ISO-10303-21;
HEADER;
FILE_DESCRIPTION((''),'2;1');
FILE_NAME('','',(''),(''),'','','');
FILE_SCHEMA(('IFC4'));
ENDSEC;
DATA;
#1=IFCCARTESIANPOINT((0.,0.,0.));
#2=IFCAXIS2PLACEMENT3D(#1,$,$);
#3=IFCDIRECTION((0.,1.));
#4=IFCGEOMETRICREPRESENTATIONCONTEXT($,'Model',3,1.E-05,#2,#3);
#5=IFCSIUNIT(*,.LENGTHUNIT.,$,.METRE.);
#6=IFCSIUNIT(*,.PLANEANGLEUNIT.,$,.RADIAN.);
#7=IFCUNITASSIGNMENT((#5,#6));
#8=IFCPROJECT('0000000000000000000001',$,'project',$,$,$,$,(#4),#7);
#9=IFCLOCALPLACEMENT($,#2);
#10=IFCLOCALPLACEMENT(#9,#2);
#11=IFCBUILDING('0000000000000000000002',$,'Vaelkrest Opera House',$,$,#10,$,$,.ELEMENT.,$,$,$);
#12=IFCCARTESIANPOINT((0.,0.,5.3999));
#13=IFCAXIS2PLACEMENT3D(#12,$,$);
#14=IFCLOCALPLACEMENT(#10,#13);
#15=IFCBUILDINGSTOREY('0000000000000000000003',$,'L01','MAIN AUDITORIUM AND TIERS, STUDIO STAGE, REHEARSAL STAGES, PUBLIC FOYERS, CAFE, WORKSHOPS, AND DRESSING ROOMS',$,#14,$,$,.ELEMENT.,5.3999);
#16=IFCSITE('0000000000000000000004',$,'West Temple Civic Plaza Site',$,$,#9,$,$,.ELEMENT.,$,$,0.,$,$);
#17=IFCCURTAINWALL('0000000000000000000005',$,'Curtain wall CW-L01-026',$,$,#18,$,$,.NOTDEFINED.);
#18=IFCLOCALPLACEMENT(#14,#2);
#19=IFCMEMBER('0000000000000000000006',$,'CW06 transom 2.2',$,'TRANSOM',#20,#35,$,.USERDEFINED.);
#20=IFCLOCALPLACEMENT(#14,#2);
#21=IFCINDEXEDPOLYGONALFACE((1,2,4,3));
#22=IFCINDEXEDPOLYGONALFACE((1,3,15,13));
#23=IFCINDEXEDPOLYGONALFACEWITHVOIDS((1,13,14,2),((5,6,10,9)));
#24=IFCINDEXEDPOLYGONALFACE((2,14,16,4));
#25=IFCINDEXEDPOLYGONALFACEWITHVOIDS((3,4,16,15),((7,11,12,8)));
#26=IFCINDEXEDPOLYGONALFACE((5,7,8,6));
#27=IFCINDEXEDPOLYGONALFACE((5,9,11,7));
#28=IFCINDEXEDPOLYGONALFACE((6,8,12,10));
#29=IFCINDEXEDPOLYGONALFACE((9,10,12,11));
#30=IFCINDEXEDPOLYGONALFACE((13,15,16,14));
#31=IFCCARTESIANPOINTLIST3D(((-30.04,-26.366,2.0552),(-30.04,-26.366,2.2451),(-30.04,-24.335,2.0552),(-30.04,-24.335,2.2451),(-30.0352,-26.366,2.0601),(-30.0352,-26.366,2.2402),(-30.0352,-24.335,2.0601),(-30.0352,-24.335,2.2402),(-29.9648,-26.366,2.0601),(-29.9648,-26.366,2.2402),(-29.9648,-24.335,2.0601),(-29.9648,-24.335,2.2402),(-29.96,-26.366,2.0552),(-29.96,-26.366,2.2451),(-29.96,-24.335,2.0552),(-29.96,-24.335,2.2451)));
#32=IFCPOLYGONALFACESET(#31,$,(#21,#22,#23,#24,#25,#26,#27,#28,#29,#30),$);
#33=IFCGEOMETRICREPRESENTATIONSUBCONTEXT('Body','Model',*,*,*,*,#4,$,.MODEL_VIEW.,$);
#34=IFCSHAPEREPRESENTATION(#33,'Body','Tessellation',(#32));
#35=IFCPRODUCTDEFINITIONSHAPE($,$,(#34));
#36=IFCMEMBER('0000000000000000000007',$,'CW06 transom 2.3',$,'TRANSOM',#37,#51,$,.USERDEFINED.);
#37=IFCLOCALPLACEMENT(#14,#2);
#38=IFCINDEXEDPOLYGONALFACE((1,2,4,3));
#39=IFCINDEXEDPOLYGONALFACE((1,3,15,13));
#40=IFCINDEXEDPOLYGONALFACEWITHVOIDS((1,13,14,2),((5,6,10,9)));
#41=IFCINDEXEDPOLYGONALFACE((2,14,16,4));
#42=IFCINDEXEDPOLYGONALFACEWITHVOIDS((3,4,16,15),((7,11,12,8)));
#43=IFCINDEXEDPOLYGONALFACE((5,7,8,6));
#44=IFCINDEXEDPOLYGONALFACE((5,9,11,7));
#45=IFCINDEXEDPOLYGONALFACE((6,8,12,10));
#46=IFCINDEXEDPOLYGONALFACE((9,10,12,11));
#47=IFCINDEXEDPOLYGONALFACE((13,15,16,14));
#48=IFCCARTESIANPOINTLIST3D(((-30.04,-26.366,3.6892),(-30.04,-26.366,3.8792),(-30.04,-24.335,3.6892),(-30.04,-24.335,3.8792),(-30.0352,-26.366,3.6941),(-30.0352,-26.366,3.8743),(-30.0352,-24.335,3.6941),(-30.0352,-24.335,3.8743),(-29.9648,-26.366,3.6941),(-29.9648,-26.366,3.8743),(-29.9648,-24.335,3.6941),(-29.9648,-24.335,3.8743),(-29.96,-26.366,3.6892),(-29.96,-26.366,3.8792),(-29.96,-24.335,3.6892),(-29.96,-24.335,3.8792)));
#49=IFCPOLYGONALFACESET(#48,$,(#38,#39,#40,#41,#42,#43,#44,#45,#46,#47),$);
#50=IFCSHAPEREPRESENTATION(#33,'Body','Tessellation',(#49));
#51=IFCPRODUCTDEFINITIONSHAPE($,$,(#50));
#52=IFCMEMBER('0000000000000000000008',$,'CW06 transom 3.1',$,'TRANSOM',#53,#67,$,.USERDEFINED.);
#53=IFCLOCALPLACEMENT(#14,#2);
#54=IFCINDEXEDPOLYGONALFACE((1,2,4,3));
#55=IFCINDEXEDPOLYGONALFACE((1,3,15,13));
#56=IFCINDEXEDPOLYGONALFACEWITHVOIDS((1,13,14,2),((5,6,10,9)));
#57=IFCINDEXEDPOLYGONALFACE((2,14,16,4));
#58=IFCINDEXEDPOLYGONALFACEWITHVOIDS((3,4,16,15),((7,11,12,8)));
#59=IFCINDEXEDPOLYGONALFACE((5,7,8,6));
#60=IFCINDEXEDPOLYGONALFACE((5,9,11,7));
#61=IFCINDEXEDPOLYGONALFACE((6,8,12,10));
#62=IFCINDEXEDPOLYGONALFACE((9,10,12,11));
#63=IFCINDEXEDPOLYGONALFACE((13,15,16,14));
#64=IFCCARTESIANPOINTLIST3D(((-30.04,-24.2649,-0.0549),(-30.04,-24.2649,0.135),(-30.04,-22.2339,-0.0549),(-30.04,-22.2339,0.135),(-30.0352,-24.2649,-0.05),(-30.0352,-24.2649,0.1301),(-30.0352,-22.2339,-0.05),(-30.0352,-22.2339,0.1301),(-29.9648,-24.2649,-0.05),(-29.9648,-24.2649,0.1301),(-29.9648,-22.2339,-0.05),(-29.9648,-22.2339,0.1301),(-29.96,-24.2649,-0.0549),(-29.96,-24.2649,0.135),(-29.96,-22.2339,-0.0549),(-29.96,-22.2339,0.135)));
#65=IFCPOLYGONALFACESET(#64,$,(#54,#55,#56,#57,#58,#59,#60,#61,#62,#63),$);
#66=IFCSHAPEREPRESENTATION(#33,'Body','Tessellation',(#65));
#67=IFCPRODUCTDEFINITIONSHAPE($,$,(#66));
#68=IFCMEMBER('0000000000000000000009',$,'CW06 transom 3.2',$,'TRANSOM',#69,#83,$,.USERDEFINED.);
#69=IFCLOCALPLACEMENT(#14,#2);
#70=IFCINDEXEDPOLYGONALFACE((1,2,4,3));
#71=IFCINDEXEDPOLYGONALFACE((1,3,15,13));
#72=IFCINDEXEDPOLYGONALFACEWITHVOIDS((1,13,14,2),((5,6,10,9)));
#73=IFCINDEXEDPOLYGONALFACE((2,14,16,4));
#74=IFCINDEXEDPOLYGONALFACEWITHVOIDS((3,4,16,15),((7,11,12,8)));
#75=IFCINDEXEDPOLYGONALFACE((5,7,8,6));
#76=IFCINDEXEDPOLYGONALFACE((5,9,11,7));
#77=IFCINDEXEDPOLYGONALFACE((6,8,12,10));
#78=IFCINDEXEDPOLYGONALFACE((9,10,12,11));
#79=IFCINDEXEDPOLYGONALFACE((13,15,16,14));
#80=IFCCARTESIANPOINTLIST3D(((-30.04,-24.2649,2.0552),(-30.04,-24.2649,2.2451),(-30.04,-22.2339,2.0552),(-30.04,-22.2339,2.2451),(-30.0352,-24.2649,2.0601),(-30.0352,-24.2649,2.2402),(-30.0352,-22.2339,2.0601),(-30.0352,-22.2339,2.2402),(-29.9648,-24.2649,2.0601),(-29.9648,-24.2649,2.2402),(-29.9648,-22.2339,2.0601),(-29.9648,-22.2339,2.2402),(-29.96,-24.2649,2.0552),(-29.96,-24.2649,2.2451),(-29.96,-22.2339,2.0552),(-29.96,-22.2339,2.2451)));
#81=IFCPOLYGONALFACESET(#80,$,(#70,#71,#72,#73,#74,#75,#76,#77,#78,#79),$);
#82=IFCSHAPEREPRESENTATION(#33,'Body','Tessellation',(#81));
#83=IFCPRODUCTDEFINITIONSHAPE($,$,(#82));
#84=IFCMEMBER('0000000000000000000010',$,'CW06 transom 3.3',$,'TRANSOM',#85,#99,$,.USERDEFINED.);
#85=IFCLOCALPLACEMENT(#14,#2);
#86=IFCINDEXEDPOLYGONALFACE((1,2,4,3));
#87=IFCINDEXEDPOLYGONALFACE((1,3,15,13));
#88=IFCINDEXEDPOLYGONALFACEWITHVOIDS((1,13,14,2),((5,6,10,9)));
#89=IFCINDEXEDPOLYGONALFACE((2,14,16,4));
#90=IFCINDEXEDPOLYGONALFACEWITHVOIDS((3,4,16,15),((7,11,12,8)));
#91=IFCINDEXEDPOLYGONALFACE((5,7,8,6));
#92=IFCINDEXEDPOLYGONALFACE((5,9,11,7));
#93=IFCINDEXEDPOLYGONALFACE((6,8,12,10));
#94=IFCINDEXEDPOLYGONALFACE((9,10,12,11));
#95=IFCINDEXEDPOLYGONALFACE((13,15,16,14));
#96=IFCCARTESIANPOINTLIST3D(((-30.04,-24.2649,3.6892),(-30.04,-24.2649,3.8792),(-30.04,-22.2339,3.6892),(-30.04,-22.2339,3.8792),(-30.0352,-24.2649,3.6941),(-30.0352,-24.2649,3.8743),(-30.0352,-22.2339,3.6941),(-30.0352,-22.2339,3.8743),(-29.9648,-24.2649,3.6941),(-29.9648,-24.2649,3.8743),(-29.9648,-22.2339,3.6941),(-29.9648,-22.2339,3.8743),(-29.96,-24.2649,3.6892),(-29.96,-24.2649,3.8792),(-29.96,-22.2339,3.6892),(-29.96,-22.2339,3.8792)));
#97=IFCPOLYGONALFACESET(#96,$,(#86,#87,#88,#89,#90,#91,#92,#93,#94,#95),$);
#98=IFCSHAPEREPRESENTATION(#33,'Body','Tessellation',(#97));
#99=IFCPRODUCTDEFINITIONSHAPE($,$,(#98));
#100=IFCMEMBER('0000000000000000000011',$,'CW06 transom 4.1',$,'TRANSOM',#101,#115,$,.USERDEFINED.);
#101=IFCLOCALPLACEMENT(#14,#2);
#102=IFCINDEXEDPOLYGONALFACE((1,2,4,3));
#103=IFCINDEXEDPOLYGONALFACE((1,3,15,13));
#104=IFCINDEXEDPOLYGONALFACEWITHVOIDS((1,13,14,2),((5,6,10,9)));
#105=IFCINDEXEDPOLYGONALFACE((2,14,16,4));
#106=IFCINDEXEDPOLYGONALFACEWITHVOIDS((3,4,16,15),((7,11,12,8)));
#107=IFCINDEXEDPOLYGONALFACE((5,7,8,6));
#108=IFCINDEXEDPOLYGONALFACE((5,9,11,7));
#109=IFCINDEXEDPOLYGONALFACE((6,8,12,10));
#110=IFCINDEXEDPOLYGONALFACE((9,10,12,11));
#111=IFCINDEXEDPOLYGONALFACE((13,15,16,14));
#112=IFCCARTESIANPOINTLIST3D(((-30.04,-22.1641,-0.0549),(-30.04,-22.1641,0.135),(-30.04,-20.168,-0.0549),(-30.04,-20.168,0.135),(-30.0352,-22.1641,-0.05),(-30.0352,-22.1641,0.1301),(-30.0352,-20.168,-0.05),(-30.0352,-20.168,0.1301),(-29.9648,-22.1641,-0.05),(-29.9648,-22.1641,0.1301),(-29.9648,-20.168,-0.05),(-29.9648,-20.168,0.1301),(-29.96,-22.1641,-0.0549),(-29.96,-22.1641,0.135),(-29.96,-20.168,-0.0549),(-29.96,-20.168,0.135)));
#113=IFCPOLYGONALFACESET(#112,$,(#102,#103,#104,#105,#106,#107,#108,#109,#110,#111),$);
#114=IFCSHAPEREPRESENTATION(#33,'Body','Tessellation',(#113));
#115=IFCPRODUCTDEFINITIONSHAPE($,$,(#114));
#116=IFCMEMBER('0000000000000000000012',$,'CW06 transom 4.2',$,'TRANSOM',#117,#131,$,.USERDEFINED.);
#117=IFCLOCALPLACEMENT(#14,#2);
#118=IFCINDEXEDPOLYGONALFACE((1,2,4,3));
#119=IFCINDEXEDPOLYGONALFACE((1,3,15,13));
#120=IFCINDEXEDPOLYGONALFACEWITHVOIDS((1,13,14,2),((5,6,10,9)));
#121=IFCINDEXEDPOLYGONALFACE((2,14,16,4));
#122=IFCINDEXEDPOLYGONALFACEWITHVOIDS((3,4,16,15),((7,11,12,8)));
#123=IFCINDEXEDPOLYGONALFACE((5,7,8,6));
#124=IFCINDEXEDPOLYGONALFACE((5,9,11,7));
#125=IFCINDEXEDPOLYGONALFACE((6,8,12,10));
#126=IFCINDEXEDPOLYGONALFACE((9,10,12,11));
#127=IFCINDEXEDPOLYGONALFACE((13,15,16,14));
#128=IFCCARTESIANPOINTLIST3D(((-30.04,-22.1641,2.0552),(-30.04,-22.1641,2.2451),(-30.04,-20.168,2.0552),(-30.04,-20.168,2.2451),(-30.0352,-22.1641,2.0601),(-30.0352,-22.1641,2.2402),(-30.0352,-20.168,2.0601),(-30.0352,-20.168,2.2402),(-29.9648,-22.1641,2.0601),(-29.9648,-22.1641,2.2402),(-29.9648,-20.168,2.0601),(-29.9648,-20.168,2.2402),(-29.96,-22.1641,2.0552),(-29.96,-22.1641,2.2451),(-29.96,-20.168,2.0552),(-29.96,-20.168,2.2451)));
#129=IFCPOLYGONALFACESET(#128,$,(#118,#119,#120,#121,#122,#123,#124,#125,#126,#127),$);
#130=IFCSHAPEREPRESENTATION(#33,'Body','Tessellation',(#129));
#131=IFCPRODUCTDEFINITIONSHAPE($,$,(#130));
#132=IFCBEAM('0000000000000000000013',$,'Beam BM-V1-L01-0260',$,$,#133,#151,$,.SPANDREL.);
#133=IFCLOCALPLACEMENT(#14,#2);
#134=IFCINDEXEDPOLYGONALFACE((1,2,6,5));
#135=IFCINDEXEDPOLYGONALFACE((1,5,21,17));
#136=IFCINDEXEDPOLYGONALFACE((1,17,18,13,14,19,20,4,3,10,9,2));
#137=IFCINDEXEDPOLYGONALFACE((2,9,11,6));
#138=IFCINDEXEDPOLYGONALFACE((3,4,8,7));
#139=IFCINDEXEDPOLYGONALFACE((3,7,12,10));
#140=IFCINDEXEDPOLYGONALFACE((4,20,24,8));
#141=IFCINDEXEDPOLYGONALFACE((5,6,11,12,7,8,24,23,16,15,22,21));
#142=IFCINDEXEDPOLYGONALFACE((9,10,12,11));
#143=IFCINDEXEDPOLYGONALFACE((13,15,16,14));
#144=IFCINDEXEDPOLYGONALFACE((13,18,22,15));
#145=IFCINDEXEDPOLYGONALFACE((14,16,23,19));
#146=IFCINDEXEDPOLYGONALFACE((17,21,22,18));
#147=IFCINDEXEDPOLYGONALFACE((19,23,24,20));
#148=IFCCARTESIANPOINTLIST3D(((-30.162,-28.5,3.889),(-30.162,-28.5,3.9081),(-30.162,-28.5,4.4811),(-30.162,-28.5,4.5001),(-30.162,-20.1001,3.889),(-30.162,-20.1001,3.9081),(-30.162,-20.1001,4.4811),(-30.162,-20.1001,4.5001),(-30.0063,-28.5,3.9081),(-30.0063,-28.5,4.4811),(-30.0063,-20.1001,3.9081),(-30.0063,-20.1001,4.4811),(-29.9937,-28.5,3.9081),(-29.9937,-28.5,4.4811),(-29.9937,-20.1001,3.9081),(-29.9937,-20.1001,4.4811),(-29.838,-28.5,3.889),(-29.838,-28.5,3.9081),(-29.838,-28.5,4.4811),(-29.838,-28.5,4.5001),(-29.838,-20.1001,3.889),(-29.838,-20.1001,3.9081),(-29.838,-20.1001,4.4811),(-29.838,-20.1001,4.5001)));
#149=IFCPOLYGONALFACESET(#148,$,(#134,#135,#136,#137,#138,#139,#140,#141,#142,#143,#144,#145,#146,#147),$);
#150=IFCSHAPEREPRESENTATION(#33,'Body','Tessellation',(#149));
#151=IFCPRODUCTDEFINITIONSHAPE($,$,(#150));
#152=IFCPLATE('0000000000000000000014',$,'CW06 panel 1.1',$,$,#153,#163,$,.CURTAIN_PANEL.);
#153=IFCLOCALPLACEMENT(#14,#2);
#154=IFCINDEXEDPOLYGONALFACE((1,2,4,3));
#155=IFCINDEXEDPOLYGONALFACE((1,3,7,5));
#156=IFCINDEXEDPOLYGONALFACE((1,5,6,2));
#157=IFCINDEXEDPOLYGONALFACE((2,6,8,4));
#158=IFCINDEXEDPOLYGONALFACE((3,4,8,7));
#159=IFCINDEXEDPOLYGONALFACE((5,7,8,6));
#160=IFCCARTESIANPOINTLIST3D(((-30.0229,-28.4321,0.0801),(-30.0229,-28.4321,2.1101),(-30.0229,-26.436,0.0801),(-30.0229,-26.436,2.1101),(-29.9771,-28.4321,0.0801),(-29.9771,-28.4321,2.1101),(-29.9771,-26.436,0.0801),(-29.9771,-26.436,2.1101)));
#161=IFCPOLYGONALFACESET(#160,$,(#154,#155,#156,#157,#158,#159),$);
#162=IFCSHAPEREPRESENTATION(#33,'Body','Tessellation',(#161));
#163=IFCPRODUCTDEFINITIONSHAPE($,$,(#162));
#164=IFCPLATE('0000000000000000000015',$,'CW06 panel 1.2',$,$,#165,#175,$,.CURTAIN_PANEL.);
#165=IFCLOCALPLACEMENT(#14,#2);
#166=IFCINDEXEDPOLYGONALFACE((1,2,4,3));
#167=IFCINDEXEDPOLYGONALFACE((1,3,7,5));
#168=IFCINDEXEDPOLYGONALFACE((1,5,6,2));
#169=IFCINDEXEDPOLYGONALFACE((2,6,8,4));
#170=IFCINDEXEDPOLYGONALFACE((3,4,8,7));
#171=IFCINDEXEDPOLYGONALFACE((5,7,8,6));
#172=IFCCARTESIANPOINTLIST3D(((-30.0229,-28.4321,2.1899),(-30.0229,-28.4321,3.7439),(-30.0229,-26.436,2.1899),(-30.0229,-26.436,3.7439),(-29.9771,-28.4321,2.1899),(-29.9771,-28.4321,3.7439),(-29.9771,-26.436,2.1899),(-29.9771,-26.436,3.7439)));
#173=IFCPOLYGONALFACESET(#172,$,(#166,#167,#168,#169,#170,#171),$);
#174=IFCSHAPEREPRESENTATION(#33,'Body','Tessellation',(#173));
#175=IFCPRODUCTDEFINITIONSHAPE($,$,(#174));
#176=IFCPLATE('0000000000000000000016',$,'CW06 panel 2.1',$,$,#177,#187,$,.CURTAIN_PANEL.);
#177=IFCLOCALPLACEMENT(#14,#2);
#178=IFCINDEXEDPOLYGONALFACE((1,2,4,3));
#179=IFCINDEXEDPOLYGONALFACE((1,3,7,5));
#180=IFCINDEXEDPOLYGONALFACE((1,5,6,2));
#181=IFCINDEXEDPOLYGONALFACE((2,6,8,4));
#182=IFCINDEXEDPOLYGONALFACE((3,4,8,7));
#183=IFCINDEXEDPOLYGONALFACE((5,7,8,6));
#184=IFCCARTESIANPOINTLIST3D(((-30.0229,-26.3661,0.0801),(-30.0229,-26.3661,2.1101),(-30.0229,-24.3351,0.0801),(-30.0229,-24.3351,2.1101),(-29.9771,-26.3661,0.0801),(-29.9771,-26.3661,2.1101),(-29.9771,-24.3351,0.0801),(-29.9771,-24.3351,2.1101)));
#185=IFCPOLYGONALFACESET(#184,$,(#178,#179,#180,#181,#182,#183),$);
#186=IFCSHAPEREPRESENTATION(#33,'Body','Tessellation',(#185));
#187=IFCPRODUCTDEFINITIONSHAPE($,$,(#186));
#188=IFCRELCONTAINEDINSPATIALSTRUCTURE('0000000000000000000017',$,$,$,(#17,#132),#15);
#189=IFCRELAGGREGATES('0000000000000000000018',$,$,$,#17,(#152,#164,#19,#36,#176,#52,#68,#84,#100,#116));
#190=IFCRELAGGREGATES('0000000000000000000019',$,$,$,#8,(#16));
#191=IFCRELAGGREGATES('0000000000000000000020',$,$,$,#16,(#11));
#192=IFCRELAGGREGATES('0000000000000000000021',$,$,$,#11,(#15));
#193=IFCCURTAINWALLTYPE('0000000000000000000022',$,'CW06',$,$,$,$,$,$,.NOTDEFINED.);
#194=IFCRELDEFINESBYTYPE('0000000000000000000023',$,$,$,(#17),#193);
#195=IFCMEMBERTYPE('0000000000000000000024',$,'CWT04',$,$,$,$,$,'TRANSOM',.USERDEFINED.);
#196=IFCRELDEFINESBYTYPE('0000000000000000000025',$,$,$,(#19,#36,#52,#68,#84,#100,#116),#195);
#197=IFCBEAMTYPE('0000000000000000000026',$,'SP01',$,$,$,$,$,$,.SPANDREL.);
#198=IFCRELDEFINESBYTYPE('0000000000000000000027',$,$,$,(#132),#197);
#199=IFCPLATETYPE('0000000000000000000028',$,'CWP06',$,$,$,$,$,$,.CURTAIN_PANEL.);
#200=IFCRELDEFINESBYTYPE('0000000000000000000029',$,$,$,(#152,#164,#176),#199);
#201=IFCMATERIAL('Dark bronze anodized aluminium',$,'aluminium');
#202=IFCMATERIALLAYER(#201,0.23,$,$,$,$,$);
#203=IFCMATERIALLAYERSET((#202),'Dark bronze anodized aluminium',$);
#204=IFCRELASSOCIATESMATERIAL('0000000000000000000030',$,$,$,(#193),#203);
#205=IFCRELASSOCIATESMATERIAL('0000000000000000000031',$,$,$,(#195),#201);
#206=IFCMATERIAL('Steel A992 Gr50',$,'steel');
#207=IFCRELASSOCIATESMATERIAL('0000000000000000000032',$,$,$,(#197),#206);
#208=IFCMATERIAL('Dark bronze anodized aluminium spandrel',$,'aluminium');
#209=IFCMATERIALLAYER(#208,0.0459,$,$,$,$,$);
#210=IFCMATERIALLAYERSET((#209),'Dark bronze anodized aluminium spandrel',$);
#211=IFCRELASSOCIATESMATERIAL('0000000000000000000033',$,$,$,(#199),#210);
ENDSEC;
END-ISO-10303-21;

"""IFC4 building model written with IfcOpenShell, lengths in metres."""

from ifc_helpers import new_model, si_unit, direction, frame, origin, origin_2d, place, context, subcontext, project, spatial, rectangle, hollow_rectangle, i_section, extrude, material, layer, layer_set, material_profile, profile_set, type_object, element, aggregate, save


model = new_model("IFC4")

# Units and contexts
model_context = context("Model", 3, precision=1e-05, world=origin(), true_north=direction((0.0, 1.0)))
body_context = subcontext(model_context, "Body", "Model", "MODEL_VIEW")
ifc_project = project(units=[si_unit("LENGTHUNIT", "METRE"), si_unit("PLANEANGLEUNIT", "RADIAN")], contexts=[model_context])

# Site, building, storey
site_placement = place(None, origin())
site = spatial("IfcSite", under=ifc_project, at=site_placement, Name="West Temple Civic Plaza Site", CompositionType="ELEMENT", RefElevation=0.0)
building_placement = place(site_placement, origin())
building = spatial("IfcBuilding", under=site, at=building_placement, Name="Vaelkrest Opera House", CompositionType="ELEMENT")
storey_placement = place(building_placement, frame((0.0, 0.0, 5.3999)))
storey = spatial("IfcBuildingStorey", under=building, at=storey_placement, Name="L01", Description="MAIN AUDITORIUM AND TIERS, STUDIO STAGE, REHEARSAL STAGES, PUBLIC FOYERS, CAFE, WORKSHOPS, AND DRESSING ROOMS", CompositionType="ELEMENT", Elevation=5.3999)

# Shared definitions
ifc_material_1 = material(Name="Steel A992 Gr50", Category="steel")

# Curtain wall, members
ifc_material_2 = material(Name="Dark bronze anodized aluminium", Category="aluminium")
ifc_layer_1 = layer(ifc_material_2, 0.23)
ifc_layer_set_1 = layer_set([ifc_layer_1], Name="Dark bronze anodized aluminium")
curtain_wall_type = type_object("IfcCurtainWallType", Name="CW06", PredefinedType="NOTDEFINED", material=ifc_layer_set_1)
curtain_wall_placement = place(storey_placement, origin())
curtain_wall = element("IfcCurtainWall", 1, at=curtain_wall_placement, inside=storey, type_object=curtain_wall_type, Name="Curtain wall CW-L01-026", PredefinedType="NOTDEFINED")
ifc_material_profile_1 = material_profile(ifc_material_2, hollow_rectangle(XDim=0.0801, YDim=0.1899, WallThickness=0.0049, at=origin_2d()), Name="CWT80X190")
ifc_profile_set_1 = profile_set([ifc_material_profile_1], Name="Dark bronze anodized aluminium")
member_type_1 = type_object("IfcMemberType", Name="CWT04", ElementType="TRANSOM", PredefinedType="USERDEFINED", material=ifc_profile_set_1)
member_1_placement = place(storey_placement, frame((-30.0, -26.366, 2.1501), z_axis=(0.0, 1.0, 0.0), x_axis=(-1.0, 0.0, 0.0)))
member_1 = element("IfcMember", 2, at=member_1_placement, type_object=member_type_1, Name="CW06 transom 2.2", ObjectType="TRANSOM", PredefinedType="USERDEFINED", context=body_context, shape_type="SweptSolid", body=[
    extrude(hollow_rectangle(XDim=0.0801, YDim=0.1899, WallThickness=0.0049, at=origin_2d()), origin(), (0.0, 0.0, 1.0), 2.031),
])
member_2_placement = place(storey_placement, frame((-30.0, -26.366, 3.7842), z_axis=(0.0, 1.0, 0.0), x_axis=(-1.0, 0.0, 0.0)))
member_2 = element("IfcMember", 3, at=member_2_placement, type_object=member_type_1, Name="CW06 transom 2.3", ObjectType="TRANSOM", PredefinedType="USERDEFINED", context=body_context, shape_type="SweptSolid", body=[
    extrude(hollow_rectangle(XDim=0.0801, YDim=0.1899, WallThickness=0.0049, at=origin_2d()), origin(), (0.0, 0.0, 1.0), 2.031),
])
member_3_placement = place(storey_placement, frame((-30.0, -24.2649, 0.04), z_axis=(0.0, 1.0, 0.0), x_axis=(-1.0, 0.0, 0.0)))
member_3 = element("IfcMember", 4, at=member_3_placement, type_object=member_type_1, Name="CW06 transom 3.1", ObjectType="TRANSOM", PredefinedType="USERDEFINED", context=body_context, shape_type="SweptSolid", body=[
    extrude(hollow_rectangle(XDim=0.0801, YDim=0.1899, WallThickness=0.0049, at=origin_2d()), origin(), (0.0, 0.0, 1.0), 2.031),
])
member_4_placement = place(storey_placement, frame((-30.0, -24.2649, 2.1501), z_axis=(0.0, 1.0, 0.0), x_axis=(-1.0, 0.0, 0.0)))
member_4 = element("IfcMember", 5, at=member_4_placement, type_object=member_type_1, Name="CW06 transom 3.2", ObjectType="TRANSOM", PredefinedType="USERDEFINED", context=body_context, shape_type="SweptSolid", body=[
    extrude(hollow_rectangle(XDim=0.0801, YDim=0.1899, WallThickness=0.0049, at=origin_2d()), origin(), (0.0, 0.0, 1.0), 2.031),
])
member_5_placement = place(storey_placement, frame((-30.0, -24.2649, 3.7842), z_axis=(0.0, 1.0, 0.0), x_axis=(-1.0, 0.0, 0.0)))
member_5 = element("IfcMember", 6, at=member_5_placement, type_object=member_type_1, Name="CW06 transom 3.3", ObjectType="TRANSOM", PredefinedType="USERDEFINED", context=body_context, shape_type="SweptSolid", body=[
    extrude(hollow_rectangle(XDim=0.0801, YDim=0.1899, WallThickness=0.0049, at=origin_2d()), origin(), (0.0, 0.0, 1.0), 2.031),
])
member_6_placement = place(storey_placement, frame((-30.0, -22.1641, 0.04), z_axis=(0.0, 1.0, 0.0), x_axis=(-1.0, 0.0, 0.0)))
member_6 = element("IfcMember", 7, at=member_6_placement, type_object=member_type_1, Name="CW06 transom 4.1", ObjectType="TRANSOM", PredefinedType="USERDEFINED", context=body_context, shape_type="SweptSolid", body=[
    extrude(hollow_rectangle(XDim=0.0801, YDim=0.1899, WallThickness=0.0049, at=origin_2d()), origin(), (0.0, 0.0, 1.0), 1.9961),
])
member_7_placement = place(storey_placement, frame((-30.0, -22.1641, 2.1501), z_axis=(0.0, 1.0, 0.0), x_axis=(-1.0, 0.0, 0.0)))
member_7 = element("IfcMember", 8, at=member_7_placement, type_object=member_type_1, Name="CW06 transom 4.2", ObjectType="TRANSOM", PredefinedType="USERDEFINED", context=body_context, shape_type="SweptSolid", body=[
    extrude(hollow_rectangle(XDim=0.0801, YDim=0.1899, WallThickness=0.0049, at=origin_2d()), origin(), (0.0, 0.0, 1.0), 1.9961),
])

# Beam
ifc_material_profile_2 = material_profile(ifc_material_1, i_section(OverallWidth=0.324, OverallDepth=0.6111, WebThickness=0.0127, FlangeThickness=0.019, at=origin_2d()), Name="W24X104")
ifc_profile_set_2 = profile_set([ifc_material_profile_2], Name="Steel A992 Gr50")
beam_type_1 = type_object("IfcBeamType", Name="SP01", PredefinedType="SPANDREL", material=ifc_profile_set_2)
beam_1_placement = place(storey_placement, frame((-30.0, -28.5, 4.1946), z_axis=(0.0, 1.0, 0.0), x_axis=(-1.0, 0.0, 0.0)))
element("IfcBeam", 9, at=beam_1_placement, inside=storey, type_object=beam_type_1, Name="Beam BM-V1-L01-0260", PredefinedType="SPANDREL", context=body_context, shape_type="SweptSolid", body=[
    extrude(i_section(OverallWidth=0.324, OverallDepth=0.6111, WebThickness=0.0127, FlangeThickness=0.019, at=origin_2d()), origin(), (0.0, 0.0, 1.0), 8.3999),
])

# Plates
ifc_material_3 = material(Name="Dark bronze anodized aluminium spandrel", Category="aluminium")
ifc_layer_2 = layer(ifc_material_3, 0.0459)
ifc_layer_set_2 = layer_set([ifc_layer_2], Name="Dark bronze anodized aluminium spandrel")
plate_type = type_object("IfcPlateType", Name="CWP06", PredefinedType="CURTAIN_PANEL", material=ifc_layer_set_2)
plate_1_placement = place(storey_placement, frame((-30.0, -27.4341, 0.0801), z_axis=(0.0, 0.0, 1.0), x_axis=(0.0, 1.0, 0.0)))
plate_1 = element("IfcPlate", 10, at=plate_1_placement, type_object=plate_type, Name="CW06 panel 1.1", PredefinedType="CURTAIN_PANEL", context=body_context, shape_type="SweptSolid", body=[
    extrude(rectangle(XDim=1.9961, YDim=0.0459, at=origin_2d()), origin(), (0.0, 0.0, 1.0), 2.03),
])
plate_2_placement = place(storey_placement, frame((-30.0, -27.4341, 2.1899), z_axis=(0.0, 0.0, 1.0), x_axis=(0.0, 1.0, 0.0)))
plate_2 = element("IfcPlate", 11, at=plate_2_placement, type_object=plate_type, Name="CW06 panel 1.2", PredefinedType="CURTAIN_PANEL", context=body_context, shape_type="SweptSolid", body=[
    extrude(rectangle(XDim=1.9961, YDim=0.0459, at=origin_2d()), origin(), (0.0, 0.0, 1.0), 1.554),
])
plate_3_placement = place(storey_placement, frame((-30.0, -25.3506, 0.0801), z_axis=(0.0, 0.0, 1.0), x_axis=(0.0, 1.0, 0.0)))
plate_3 = element("IfcPlate", 12, at=plate_3_placement, type_object=plate_type, Name="CW06 panel 2.1", PredefinedType="CURTAIN_PANEL", context=body_context, shape_type="SweptSolid", body=[
    extrude(rectangle(XDim=2.031, YDim=0.0459, at=origin_2d()), origin(), (0.0, 0.0, 1.0), 2.03),
])
aggregate(curtain_wall, [plate_1, plate_2, member_1, member_2, plate_3, member_3, member_4, member_5, member_6, member_7])

save(model, "model.ifc")
